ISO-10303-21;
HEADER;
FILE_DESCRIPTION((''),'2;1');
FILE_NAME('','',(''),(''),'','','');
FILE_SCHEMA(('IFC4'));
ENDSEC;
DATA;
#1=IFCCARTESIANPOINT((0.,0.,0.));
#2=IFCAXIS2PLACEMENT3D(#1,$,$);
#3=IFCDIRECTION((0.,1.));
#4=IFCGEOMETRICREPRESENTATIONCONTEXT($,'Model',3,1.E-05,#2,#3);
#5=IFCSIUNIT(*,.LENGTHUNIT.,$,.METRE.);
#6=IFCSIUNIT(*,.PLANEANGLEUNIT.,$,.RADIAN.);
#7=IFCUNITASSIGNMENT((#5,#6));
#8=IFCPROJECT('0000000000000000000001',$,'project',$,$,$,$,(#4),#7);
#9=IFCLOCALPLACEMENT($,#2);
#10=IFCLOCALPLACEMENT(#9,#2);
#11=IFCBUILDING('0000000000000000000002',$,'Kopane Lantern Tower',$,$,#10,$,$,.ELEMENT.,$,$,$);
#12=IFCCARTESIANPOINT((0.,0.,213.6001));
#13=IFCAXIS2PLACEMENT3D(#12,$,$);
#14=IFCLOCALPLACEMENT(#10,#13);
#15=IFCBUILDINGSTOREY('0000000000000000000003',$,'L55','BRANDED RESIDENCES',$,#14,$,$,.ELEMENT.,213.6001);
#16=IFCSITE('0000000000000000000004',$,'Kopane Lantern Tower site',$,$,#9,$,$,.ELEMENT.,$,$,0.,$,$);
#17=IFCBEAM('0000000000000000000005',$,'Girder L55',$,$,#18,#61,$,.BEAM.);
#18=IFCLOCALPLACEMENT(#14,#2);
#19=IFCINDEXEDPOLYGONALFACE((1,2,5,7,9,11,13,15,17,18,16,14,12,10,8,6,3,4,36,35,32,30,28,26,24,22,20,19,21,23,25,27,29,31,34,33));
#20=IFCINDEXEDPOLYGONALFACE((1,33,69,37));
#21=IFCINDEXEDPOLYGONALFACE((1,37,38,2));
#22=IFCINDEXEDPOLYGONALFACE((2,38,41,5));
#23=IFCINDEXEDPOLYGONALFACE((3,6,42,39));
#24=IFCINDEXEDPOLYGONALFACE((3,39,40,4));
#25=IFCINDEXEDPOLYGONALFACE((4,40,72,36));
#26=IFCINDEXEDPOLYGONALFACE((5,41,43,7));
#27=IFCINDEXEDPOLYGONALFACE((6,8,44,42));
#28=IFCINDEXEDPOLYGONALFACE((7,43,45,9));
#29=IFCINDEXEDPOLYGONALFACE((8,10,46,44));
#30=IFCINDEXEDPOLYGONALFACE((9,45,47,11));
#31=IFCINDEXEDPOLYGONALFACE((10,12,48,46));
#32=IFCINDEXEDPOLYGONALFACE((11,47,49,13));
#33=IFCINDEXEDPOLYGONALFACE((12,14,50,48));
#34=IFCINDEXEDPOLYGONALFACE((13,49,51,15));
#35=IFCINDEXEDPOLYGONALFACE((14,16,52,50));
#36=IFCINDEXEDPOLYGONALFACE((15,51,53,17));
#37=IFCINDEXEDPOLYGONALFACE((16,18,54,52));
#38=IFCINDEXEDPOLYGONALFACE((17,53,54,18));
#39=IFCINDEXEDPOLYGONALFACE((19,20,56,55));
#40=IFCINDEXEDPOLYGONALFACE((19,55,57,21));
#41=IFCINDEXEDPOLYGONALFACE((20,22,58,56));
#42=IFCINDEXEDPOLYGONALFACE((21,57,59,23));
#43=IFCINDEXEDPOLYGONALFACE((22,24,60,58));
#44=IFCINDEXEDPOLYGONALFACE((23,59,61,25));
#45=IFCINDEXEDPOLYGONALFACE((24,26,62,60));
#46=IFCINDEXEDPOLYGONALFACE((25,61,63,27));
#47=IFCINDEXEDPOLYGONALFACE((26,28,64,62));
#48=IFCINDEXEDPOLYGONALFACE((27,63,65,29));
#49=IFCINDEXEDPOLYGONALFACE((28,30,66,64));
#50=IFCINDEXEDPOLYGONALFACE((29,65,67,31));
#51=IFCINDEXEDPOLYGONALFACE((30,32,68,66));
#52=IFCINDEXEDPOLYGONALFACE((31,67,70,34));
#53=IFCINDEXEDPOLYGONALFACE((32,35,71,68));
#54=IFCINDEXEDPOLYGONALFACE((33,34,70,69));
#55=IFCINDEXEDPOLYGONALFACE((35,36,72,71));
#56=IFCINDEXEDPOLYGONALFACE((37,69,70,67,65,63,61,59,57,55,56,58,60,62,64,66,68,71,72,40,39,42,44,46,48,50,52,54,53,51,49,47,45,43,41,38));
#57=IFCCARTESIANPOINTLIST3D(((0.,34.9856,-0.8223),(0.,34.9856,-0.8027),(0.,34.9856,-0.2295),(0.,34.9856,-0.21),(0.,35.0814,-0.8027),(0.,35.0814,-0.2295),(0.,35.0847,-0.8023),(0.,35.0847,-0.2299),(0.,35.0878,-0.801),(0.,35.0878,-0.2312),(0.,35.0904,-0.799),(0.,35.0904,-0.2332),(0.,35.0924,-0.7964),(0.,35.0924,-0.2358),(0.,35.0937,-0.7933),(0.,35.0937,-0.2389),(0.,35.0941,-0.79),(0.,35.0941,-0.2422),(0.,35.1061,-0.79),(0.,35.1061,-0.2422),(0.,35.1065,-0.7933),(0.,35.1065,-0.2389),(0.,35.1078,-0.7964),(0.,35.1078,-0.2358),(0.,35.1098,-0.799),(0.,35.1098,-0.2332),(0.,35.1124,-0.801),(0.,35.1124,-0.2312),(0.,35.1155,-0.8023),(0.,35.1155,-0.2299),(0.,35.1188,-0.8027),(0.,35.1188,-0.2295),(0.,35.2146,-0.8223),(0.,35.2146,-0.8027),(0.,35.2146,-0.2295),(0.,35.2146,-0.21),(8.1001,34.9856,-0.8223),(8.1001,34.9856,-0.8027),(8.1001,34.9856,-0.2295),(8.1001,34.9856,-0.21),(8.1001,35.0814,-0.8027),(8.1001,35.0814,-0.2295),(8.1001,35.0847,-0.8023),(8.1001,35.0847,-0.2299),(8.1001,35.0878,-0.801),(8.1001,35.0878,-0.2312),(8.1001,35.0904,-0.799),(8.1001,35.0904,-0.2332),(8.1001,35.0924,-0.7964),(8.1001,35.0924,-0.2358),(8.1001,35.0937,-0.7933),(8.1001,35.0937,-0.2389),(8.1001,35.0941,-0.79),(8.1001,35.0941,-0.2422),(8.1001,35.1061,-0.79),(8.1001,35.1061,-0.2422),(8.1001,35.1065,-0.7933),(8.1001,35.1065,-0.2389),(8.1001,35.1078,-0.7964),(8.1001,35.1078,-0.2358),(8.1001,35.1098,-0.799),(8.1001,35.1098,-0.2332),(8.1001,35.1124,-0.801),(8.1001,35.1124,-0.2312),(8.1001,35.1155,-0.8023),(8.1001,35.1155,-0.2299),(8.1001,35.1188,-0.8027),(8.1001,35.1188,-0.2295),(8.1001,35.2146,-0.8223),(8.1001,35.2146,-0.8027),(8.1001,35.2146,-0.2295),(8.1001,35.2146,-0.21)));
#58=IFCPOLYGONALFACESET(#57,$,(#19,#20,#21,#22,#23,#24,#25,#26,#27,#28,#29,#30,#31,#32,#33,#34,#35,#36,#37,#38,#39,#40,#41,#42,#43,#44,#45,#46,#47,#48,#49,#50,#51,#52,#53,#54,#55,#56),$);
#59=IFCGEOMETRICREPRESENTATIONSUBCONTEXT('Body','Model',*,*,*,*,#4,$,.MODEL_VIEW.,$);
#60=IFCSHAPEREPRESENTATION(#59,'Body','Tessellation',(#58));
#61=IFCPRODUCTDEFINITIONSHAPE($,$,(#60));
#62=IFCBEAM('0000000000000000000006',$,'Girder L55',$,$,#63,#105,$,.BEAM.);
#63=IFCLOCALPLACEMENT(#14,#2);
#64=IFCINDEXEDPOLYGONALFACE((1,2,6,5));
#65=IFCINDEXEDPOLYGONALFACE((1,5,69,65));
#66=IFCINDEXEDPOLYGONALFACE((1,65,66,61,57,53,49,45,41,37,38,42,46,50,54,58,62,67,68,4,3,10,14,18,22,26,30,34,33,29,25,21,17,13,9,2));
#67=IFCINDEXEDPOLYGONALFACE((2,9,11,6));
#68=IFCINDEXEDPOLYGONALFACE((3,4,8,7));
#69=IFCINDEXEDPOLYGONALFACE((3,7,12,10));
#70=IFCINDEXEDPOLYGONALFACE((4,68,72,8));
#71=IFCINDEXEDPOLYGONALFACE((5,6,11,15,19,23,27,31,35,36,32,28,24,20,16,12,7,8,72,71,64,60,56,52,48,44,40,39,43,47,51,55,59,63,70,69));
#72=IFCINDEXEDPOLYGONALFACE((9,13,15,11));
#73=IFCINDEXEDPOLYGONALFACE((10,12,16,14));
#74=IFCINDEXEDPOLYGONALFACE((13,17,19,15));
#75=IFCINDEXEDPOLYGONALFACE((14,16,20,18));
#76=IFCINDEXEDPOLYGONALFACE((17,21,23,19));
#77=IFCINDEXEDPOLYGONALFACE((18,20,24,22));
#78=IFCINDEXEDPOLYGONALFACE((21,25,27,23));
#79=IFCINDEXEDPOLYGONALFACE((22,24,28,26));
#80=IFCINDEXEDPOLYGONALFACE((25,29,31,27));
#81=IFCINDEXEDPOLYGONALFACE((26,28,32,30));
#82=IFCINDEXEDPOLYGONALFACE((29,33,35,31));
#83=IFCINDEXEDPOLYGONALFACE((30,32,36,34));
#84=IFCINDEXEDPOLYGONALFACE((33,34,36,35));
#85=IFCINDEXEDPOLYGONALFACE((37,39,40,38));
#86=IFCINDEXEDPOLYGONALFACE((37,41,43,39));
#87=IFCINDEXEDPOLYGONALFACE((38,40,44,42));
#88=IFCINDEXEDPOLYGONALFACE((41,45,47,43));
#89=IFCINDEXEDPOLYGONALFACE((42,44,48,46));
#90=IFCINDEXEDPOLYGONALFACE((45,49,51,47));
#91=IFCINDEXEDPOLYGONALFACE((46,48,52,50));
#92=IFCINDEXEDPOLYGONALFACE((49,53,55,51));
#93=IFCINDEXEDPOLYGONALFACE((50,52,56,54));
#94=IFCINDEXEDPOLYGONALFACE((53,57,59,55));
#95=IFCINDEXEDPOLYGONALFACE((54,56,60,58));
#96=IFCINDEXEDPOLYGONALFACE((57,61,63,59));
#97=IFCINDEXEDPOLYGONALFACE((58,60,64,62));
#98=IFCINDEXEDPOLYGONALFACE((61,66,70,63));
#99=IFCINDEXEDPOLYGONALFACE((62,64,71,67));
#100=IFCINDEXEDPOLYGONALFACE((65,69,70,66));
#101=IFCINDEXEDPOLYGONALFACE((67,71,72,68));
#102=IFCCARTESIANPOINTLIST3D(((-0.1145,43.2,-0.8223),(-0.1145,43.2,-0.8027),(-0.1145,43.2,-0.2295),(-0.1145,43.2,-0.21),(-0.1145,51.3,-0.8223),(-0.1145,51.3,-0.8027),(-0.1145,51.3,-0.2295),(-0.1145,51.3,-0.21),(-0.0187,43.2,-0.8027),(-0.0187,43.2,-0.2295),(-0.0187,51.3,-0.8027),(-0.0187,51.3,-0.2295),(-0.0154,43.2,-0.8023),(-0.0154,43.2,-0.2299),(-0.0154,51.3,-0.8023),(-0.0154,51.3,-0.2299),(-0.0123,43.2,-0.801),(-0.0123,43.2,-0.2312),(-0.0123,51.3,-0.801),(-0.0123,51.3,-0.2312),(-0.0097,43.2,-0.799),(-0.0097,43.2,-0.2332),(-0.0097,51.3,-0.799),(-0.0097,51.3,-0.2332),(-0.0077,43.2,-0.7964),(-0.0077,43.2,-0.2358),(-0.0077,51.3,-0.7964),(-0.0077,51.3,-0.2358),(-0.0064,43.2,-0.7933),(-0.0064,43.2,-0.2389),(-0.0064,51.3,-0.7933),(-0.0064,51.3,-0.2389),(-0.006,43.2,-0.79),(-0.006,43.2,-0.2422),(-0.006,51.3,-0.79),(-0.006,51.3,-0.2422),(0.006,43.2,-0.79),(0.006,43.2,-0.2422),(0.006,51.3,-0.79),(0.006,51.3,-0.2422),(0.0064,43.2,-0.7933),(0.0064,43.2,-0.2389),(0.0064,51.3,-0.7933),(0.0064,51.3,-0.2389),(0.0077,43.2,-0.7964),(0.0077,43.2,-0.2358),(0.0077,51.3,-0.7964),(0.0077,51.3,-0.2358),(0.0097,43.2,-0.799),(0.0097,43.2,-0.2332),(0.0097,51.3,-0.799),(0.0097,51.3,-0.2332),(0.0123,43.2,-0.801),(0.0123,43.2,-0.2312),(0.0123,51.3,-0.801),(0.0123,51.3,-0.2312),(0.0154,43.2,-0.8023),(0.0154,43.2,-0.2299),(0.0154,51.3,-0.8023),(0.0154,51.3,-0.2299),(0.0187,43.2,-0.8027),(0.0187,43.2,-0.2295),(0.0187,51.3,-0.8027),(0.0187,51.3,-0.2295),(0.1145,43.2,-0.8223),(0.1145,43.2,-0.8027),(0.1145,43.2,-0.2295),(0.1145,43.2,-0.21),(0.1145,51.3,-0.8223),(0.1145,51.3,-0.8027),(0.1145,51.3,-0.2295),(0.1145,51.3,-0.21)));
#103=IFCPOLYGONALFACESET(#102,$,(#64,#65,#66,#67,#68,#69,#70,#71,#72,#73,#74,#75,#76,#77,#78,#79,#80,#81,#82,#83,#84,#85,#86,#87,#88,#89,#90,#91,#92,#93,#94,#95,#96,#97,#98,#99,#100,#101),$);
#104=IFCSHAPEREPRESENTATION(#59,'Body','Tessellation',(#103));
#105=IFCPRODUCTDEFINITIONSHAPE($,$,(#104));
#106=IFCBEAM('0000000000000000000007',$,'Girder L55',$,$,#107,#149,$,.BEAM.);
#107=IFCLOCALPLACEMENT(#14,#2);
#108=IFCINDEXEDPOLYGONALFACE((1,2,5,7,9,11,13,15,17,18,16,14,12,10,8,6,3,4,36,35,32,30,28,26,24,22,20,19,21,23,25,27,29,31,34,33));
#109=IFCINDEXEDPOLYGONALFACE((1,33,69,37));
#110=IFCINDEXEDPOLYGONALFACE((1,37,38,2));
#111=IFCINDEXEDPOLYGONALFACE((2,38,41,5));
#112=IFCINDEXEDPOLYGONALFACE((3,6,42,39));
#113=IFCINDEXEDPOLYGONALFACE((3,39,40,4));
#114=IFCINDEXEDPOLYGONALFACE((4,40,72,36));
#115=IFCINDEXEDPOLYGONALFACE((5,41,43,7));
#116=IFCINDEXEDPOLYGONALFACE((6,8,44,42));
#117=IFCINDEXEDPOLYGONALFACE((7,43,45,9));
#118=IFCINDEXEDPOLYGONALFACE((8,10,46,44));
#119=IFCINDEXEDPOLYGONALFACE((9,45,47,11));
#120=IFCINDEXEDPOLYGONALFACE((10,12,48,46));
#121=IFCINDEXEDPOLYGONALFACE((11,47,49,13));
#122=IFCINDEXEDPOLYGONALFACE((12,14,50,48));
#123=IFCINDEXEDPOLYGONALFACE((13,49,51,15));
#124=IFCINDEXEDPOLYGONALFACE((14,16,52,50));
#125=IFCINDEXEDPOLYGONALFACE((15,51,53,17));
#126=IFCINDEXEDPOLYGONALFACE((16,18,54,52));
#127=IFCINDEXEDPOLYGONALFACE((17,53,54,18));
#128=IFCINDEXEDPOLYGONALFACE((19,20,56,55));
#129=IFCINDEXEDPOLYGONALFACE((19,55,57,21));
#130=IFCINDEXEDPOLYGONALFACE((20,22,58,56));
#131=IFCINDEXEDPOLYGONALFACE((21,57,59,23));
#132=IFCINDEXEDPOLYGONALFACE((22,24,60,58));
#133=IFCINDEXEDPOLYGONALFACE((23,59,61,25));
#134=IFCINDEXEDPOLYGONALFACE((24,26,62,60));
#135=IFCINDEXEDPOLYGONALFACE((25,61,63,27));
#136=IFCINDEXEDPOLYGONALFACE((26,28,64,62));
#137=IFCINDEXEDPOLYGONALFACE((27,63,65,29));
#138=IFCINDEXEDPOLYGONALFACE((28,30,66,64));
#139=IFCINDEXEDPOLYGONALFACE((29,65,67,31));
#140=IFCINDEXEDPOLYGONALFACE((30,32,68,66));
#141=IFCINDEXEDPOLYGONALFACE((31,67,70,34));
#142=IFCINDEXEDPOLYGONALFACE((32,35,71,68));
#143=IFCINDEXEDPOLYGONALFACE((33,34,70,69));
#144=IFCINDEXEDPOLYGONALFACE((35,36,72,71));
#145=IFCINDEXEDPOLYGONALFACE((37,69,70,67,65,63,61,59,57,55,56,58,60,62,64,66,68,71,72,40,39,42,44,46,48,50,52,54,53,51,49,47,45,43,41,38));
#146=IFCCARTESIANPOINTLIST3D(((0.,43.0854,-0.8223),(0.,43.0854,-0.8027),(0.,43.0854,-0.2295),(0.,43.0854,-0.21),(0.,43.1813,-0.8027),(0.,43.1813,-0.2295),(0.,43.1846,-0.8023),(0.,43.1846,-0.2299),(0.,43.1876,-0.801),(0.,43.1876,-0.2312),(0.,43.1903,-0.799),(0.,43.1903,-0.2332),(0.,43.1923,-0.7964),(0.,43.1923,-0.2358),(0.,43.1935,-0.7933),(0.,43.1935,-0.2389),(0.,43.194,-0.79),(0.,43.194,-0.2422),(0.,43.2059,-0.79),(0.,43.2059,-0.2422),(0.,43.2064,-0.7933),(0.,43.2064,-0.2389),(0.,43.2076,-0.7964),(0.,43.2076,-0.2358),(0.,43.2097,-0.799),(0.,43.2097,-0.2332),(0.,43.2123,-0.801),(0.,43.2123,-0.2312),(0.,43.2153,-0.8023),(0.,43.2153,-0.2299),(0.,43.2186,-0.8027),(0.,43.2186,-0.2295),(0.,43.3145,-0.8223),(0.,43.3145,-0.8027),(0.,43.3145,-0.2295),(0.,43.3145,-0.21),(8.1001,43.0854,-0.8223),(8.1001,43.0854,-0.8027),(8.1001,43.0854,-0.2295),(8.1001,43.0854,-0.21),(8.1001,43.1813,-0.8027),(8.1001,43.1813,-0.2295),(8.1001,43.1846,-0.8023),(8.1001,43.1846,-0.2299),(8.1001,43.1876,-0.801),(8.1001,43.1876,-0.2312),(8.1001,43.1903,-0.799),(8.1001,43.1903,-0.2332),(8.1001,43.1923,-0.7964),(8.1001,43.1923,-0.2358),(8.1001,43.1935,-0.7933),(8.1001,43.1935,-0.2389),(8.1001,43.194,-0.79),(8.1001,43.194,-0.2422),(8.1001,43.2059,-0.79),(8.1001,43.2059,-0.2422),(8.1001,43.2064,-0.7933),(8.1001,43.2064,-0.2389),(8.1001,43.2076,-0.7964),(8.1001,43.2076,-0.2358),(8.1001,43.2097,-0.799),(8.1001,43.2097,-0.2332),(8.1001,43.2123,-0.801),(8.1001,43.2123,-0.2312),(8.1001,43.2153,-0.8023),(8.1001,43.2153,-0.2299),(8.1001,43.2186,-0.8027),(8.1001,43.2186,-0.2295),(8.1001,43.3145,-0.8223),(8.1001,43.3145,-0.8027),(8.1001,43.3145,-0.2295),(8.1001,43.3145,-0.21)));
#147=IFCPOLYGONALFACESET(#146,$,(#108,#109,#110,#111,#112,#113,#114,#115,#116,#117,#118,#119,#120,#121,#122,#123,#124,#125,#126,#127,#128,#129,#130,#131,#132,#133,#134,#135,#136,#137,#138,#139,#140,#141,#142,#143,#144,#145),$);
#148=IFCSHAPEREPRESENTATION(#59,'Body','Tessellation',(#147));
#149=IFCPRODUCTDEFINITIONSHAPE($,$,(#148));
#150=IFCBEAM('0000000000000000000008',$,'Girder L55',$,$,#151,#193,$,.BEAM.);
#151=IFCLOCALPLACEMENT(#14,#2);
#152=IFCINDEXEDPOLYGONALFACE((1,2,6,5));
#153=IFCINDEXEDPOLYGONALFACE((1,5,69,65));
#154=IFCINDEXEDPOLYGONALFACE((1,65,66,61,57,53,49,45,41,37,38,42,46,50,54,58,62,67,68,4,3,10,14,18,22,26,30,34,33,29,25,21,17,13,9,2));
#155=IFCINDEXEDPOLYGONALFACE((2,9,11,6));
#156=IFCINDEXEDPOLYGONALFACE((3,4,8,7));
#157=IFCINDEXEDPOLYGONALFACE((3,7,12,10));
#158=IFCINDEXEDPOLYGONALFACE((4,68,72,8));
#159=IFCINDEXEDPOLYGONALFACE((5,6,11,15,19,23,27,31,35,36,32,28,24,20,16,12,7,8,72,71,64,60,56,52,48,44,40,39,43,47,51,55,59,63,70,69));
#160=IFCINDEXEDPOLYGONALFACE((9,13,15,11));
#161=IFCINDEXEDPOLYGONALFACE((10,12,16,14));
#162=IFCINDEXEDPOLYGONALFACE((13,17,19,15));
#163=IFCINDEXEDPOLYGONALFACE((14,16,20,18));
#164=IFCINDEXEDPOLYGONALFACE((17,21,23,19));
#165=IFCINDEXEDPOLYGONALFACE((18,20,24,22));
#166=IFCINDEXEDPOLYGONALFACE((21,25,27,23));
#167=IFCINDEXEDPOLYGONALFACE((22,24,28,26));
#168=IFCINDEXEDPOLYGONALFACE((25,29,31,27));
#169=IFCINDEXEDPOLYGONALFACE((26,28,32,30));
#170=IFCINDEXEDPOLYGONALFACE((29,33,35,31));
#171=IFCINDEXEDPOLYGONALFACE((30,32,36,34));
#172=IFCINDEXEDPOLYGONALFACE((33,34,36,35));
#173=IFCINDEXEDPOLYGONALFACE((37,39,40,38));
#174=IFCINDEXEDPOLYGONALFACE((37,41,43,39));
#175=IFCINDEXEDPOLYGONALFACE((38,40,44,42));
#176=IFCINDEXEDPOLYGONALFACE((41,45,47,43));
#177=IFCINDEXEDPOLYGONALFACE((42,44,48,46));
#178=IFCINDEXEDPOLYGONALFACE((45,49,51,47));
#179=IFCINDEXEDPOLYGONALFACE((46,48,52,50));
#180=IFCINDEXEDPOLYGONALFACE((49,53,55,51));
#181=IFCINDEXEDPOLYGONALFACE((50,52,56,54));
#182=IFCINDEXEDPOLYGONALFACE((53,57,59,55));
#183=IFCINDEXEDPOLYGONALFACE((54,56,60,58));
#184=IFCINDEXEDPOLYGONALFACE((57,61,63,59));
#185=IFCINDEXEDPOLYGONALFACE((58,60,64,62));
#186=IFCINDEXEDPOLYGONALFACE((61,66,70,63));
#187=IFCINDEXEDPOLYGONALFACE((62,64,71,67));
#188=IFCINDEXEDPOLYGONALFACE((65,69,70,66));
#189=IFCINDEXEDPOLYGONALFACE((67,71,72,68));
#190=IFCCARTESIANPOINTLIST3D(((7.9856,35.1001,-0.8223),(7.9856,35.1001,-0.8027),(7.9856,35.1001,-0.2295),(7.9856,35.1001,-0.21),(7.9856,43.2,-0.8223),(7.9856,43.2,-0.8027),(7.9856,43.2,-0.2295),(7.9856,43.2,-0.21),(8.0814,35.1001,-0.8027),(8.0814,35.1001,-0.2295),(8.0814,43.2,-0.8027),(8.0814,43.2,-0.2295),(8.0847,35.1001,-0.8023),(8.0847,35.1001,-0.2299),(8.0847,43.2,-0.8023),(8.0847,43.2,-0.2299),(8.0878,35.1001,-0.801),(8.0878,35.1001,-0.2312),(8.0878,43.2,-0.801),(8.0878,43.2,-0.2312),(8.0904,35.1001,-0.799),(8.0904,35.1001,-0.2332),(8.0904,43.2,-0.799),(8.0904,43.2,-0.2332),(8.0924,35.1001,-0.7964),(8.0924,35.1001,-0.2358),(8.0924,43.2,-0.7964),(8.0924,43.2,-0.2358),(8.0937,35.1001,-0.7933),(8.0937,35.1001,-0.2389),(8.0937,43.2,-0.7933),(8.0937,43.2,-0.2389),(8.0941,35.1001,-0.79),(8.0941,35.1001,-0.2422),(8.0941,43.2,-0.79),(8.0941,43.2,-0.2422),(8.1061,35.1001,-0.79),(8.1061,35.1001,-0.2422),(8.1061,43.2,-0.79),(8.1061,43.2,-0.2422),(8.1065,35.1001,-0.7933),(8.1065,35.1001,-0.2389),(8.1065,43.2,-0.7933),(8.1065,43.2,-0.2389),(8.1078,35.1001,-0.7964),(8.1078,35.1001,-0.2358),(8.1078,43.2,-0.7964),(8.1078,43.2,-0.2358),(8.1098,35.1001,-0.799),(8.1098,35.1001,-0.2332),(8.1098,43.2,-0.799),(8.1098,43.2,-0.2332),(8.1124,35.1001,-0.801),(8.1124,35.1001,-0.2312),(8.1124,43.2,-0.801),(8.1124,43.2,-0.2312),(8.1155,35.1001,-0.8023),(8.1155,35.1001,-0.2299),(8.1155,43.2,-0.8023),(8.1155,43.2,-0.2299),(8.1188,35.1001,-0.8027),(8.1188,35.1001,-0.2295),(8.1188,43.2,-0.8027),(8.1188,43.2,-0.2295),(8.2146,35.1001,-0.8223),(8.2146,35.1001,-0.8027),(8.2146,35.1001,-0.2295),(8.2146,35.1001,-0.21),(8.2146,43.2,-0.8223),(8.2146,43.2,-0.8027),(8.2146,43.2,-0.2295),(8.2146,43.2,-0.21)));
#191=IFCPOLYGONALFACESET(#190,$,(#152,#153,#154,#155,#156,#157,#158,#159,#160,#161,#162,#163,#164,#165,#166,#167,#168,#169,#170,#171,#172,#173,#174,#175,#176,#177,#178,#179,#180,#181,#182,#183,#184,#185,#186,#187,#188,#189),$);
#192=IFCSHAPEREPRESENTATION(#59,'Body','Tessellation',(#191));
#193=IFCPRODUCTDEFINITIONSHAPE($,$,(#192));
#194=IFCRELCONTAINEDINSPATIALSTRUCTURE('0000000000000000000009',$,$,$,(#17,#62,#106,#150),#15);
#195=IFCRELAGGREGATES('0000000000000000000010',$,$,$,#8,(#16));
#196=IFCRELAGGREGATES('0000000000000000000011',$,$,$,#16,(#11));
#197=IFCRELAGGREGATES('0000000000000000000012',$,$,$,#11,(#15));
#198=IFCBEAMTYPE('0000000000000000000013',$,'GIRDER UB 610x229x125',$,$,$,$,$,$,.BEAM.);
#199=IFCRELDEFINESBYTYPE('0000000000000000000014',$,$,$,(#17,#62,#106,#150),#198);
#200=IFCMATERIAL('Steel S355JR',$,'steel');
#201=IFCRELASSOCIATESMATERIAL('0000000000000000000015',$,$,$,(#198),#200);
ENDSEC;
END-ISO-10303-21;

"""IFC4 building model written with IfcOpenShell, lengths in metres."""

from ifc_helpers import new_model, si_unit, direction, frame, origin, origin_2d, place, context, subcontext, project, spatial, i_section, extrude, material, material_profile, profile_set, type_object, element, save


model = new_model("IFC4")

# Units and contexts
model_context = context("Model", 3, precision=1e-05, world=origin(), true_north=direction((0.0, 1.0)))
body_context = subcontext(model_context, "Body", "Model", "MODEL_VIEW")
ifc_project = project(units=[si_unit("LENGTHUNIT", "METRE"), si_unit("PLANEANGLEUNIT", "RADIAN")], contexts=[model_context])

# Site, building, storey
site_placement = place(None, origin())
site = spatial("IfcSite", under=ifc_project, at=site_placement, Name="Kopane Lantern Tower site", CompositionType="ELEMENT", RefElevation=0.0)
building_placement = place(site_placement, origin())
building = spatial("IfcBuilding", under=site, at=building_placement, Name="Kopane Lantern Tower", CompositionType="ELEMENT")
storey_placement = place(building_placement, frame((0.0, 0.0, 213.6001)))
storey = spatial("IfcBuildingStorey", under=building, at=storey_placement, Name="L55", Description="BRANDED RESIDENCES", CompositionType="ELEMENT", Elevation=213.6001)

# Beams
ifc_material_1 = material(Name="Steel S355JR", Category="steel")
ifc_material_profile_1 = material_profile(ifc_material_1, i_section(OverallWidth=0.229, OverallDepth=0.6123, WebThickness=0.012, FlangeThickness=0.0195, FilletRadius=0.0127, at=origin_2d()), Name="UB 610x229x125")
ifc_profile_set_1 = profile_set([ifc_material_profile_1], Name="Steel S355JR")
beam_type = type_object("IfcBeamType", Name="GIRDER UB 610x229x125", PredefinedType="BEAM", material=ifc_profile_set_1)
for number, where, z_axis, x_axis, name in (
    (1, (0.0, 35.1001, -0.5161), (1.0, 0.0, 0.0), (0.0, 1.0, 0.0), "Girder L55"),
    (2, (0.0, 43.2, -0.5161), (0.0, 1.0, 0.0), (-1.0, 0.0, 0.0), "Girder L55"),
    (3, (0.0, 43.2, -0.5161), (1.0, 0.0, 0.0), (0.0, 1.0, 0.0), "Girder L55"),
):
    element("IfcBeam", number, at=place(storey_placement, frame(where, z_axis=z_axis, x_axis=x_axis)), inside=storey, type_object=beam_type, Name=name, PredefinedType="BEAM", context=body_context, shape_type="SweptSolid", body=[
        extrude(i_section(OverallWidth=0.229, OverallDepth=0.6123, WebThickness=0.012, FlangeThickness=0.0195, FilletRadius=0.0127, at=origin_2d()), origin(), (0.0, 0.0, 1.0), 8.1001),
    ])
for number, where, z_axis, x_axis, name in (
    (4, (8.1001, 35.1001, -0.5161), (0.0, 1.0, 0.0), (-1.0, 0.0, 0.0), "Girder L55"),
):
    element("IfcBeam", number, at=place(storey_placement, frame(where, z_axis=z_axis, x_axis=x_axis)), inside=storey, type_object=beam_type, Name=name, PredefinedType="BEAM", context=body_context, shape_type="SweptSolid", body=[
        extrude(i_section(OverallWidth=0.229, OverallDepth=0.6123, WebThickness=0.012, FlangeThickness=0.0195, FilletRadius=0.0127, at=origin_2d()), origin(), (0.0, 0.0, 1.0), 8.0999),
    ])

save(model, "model.ifc")
